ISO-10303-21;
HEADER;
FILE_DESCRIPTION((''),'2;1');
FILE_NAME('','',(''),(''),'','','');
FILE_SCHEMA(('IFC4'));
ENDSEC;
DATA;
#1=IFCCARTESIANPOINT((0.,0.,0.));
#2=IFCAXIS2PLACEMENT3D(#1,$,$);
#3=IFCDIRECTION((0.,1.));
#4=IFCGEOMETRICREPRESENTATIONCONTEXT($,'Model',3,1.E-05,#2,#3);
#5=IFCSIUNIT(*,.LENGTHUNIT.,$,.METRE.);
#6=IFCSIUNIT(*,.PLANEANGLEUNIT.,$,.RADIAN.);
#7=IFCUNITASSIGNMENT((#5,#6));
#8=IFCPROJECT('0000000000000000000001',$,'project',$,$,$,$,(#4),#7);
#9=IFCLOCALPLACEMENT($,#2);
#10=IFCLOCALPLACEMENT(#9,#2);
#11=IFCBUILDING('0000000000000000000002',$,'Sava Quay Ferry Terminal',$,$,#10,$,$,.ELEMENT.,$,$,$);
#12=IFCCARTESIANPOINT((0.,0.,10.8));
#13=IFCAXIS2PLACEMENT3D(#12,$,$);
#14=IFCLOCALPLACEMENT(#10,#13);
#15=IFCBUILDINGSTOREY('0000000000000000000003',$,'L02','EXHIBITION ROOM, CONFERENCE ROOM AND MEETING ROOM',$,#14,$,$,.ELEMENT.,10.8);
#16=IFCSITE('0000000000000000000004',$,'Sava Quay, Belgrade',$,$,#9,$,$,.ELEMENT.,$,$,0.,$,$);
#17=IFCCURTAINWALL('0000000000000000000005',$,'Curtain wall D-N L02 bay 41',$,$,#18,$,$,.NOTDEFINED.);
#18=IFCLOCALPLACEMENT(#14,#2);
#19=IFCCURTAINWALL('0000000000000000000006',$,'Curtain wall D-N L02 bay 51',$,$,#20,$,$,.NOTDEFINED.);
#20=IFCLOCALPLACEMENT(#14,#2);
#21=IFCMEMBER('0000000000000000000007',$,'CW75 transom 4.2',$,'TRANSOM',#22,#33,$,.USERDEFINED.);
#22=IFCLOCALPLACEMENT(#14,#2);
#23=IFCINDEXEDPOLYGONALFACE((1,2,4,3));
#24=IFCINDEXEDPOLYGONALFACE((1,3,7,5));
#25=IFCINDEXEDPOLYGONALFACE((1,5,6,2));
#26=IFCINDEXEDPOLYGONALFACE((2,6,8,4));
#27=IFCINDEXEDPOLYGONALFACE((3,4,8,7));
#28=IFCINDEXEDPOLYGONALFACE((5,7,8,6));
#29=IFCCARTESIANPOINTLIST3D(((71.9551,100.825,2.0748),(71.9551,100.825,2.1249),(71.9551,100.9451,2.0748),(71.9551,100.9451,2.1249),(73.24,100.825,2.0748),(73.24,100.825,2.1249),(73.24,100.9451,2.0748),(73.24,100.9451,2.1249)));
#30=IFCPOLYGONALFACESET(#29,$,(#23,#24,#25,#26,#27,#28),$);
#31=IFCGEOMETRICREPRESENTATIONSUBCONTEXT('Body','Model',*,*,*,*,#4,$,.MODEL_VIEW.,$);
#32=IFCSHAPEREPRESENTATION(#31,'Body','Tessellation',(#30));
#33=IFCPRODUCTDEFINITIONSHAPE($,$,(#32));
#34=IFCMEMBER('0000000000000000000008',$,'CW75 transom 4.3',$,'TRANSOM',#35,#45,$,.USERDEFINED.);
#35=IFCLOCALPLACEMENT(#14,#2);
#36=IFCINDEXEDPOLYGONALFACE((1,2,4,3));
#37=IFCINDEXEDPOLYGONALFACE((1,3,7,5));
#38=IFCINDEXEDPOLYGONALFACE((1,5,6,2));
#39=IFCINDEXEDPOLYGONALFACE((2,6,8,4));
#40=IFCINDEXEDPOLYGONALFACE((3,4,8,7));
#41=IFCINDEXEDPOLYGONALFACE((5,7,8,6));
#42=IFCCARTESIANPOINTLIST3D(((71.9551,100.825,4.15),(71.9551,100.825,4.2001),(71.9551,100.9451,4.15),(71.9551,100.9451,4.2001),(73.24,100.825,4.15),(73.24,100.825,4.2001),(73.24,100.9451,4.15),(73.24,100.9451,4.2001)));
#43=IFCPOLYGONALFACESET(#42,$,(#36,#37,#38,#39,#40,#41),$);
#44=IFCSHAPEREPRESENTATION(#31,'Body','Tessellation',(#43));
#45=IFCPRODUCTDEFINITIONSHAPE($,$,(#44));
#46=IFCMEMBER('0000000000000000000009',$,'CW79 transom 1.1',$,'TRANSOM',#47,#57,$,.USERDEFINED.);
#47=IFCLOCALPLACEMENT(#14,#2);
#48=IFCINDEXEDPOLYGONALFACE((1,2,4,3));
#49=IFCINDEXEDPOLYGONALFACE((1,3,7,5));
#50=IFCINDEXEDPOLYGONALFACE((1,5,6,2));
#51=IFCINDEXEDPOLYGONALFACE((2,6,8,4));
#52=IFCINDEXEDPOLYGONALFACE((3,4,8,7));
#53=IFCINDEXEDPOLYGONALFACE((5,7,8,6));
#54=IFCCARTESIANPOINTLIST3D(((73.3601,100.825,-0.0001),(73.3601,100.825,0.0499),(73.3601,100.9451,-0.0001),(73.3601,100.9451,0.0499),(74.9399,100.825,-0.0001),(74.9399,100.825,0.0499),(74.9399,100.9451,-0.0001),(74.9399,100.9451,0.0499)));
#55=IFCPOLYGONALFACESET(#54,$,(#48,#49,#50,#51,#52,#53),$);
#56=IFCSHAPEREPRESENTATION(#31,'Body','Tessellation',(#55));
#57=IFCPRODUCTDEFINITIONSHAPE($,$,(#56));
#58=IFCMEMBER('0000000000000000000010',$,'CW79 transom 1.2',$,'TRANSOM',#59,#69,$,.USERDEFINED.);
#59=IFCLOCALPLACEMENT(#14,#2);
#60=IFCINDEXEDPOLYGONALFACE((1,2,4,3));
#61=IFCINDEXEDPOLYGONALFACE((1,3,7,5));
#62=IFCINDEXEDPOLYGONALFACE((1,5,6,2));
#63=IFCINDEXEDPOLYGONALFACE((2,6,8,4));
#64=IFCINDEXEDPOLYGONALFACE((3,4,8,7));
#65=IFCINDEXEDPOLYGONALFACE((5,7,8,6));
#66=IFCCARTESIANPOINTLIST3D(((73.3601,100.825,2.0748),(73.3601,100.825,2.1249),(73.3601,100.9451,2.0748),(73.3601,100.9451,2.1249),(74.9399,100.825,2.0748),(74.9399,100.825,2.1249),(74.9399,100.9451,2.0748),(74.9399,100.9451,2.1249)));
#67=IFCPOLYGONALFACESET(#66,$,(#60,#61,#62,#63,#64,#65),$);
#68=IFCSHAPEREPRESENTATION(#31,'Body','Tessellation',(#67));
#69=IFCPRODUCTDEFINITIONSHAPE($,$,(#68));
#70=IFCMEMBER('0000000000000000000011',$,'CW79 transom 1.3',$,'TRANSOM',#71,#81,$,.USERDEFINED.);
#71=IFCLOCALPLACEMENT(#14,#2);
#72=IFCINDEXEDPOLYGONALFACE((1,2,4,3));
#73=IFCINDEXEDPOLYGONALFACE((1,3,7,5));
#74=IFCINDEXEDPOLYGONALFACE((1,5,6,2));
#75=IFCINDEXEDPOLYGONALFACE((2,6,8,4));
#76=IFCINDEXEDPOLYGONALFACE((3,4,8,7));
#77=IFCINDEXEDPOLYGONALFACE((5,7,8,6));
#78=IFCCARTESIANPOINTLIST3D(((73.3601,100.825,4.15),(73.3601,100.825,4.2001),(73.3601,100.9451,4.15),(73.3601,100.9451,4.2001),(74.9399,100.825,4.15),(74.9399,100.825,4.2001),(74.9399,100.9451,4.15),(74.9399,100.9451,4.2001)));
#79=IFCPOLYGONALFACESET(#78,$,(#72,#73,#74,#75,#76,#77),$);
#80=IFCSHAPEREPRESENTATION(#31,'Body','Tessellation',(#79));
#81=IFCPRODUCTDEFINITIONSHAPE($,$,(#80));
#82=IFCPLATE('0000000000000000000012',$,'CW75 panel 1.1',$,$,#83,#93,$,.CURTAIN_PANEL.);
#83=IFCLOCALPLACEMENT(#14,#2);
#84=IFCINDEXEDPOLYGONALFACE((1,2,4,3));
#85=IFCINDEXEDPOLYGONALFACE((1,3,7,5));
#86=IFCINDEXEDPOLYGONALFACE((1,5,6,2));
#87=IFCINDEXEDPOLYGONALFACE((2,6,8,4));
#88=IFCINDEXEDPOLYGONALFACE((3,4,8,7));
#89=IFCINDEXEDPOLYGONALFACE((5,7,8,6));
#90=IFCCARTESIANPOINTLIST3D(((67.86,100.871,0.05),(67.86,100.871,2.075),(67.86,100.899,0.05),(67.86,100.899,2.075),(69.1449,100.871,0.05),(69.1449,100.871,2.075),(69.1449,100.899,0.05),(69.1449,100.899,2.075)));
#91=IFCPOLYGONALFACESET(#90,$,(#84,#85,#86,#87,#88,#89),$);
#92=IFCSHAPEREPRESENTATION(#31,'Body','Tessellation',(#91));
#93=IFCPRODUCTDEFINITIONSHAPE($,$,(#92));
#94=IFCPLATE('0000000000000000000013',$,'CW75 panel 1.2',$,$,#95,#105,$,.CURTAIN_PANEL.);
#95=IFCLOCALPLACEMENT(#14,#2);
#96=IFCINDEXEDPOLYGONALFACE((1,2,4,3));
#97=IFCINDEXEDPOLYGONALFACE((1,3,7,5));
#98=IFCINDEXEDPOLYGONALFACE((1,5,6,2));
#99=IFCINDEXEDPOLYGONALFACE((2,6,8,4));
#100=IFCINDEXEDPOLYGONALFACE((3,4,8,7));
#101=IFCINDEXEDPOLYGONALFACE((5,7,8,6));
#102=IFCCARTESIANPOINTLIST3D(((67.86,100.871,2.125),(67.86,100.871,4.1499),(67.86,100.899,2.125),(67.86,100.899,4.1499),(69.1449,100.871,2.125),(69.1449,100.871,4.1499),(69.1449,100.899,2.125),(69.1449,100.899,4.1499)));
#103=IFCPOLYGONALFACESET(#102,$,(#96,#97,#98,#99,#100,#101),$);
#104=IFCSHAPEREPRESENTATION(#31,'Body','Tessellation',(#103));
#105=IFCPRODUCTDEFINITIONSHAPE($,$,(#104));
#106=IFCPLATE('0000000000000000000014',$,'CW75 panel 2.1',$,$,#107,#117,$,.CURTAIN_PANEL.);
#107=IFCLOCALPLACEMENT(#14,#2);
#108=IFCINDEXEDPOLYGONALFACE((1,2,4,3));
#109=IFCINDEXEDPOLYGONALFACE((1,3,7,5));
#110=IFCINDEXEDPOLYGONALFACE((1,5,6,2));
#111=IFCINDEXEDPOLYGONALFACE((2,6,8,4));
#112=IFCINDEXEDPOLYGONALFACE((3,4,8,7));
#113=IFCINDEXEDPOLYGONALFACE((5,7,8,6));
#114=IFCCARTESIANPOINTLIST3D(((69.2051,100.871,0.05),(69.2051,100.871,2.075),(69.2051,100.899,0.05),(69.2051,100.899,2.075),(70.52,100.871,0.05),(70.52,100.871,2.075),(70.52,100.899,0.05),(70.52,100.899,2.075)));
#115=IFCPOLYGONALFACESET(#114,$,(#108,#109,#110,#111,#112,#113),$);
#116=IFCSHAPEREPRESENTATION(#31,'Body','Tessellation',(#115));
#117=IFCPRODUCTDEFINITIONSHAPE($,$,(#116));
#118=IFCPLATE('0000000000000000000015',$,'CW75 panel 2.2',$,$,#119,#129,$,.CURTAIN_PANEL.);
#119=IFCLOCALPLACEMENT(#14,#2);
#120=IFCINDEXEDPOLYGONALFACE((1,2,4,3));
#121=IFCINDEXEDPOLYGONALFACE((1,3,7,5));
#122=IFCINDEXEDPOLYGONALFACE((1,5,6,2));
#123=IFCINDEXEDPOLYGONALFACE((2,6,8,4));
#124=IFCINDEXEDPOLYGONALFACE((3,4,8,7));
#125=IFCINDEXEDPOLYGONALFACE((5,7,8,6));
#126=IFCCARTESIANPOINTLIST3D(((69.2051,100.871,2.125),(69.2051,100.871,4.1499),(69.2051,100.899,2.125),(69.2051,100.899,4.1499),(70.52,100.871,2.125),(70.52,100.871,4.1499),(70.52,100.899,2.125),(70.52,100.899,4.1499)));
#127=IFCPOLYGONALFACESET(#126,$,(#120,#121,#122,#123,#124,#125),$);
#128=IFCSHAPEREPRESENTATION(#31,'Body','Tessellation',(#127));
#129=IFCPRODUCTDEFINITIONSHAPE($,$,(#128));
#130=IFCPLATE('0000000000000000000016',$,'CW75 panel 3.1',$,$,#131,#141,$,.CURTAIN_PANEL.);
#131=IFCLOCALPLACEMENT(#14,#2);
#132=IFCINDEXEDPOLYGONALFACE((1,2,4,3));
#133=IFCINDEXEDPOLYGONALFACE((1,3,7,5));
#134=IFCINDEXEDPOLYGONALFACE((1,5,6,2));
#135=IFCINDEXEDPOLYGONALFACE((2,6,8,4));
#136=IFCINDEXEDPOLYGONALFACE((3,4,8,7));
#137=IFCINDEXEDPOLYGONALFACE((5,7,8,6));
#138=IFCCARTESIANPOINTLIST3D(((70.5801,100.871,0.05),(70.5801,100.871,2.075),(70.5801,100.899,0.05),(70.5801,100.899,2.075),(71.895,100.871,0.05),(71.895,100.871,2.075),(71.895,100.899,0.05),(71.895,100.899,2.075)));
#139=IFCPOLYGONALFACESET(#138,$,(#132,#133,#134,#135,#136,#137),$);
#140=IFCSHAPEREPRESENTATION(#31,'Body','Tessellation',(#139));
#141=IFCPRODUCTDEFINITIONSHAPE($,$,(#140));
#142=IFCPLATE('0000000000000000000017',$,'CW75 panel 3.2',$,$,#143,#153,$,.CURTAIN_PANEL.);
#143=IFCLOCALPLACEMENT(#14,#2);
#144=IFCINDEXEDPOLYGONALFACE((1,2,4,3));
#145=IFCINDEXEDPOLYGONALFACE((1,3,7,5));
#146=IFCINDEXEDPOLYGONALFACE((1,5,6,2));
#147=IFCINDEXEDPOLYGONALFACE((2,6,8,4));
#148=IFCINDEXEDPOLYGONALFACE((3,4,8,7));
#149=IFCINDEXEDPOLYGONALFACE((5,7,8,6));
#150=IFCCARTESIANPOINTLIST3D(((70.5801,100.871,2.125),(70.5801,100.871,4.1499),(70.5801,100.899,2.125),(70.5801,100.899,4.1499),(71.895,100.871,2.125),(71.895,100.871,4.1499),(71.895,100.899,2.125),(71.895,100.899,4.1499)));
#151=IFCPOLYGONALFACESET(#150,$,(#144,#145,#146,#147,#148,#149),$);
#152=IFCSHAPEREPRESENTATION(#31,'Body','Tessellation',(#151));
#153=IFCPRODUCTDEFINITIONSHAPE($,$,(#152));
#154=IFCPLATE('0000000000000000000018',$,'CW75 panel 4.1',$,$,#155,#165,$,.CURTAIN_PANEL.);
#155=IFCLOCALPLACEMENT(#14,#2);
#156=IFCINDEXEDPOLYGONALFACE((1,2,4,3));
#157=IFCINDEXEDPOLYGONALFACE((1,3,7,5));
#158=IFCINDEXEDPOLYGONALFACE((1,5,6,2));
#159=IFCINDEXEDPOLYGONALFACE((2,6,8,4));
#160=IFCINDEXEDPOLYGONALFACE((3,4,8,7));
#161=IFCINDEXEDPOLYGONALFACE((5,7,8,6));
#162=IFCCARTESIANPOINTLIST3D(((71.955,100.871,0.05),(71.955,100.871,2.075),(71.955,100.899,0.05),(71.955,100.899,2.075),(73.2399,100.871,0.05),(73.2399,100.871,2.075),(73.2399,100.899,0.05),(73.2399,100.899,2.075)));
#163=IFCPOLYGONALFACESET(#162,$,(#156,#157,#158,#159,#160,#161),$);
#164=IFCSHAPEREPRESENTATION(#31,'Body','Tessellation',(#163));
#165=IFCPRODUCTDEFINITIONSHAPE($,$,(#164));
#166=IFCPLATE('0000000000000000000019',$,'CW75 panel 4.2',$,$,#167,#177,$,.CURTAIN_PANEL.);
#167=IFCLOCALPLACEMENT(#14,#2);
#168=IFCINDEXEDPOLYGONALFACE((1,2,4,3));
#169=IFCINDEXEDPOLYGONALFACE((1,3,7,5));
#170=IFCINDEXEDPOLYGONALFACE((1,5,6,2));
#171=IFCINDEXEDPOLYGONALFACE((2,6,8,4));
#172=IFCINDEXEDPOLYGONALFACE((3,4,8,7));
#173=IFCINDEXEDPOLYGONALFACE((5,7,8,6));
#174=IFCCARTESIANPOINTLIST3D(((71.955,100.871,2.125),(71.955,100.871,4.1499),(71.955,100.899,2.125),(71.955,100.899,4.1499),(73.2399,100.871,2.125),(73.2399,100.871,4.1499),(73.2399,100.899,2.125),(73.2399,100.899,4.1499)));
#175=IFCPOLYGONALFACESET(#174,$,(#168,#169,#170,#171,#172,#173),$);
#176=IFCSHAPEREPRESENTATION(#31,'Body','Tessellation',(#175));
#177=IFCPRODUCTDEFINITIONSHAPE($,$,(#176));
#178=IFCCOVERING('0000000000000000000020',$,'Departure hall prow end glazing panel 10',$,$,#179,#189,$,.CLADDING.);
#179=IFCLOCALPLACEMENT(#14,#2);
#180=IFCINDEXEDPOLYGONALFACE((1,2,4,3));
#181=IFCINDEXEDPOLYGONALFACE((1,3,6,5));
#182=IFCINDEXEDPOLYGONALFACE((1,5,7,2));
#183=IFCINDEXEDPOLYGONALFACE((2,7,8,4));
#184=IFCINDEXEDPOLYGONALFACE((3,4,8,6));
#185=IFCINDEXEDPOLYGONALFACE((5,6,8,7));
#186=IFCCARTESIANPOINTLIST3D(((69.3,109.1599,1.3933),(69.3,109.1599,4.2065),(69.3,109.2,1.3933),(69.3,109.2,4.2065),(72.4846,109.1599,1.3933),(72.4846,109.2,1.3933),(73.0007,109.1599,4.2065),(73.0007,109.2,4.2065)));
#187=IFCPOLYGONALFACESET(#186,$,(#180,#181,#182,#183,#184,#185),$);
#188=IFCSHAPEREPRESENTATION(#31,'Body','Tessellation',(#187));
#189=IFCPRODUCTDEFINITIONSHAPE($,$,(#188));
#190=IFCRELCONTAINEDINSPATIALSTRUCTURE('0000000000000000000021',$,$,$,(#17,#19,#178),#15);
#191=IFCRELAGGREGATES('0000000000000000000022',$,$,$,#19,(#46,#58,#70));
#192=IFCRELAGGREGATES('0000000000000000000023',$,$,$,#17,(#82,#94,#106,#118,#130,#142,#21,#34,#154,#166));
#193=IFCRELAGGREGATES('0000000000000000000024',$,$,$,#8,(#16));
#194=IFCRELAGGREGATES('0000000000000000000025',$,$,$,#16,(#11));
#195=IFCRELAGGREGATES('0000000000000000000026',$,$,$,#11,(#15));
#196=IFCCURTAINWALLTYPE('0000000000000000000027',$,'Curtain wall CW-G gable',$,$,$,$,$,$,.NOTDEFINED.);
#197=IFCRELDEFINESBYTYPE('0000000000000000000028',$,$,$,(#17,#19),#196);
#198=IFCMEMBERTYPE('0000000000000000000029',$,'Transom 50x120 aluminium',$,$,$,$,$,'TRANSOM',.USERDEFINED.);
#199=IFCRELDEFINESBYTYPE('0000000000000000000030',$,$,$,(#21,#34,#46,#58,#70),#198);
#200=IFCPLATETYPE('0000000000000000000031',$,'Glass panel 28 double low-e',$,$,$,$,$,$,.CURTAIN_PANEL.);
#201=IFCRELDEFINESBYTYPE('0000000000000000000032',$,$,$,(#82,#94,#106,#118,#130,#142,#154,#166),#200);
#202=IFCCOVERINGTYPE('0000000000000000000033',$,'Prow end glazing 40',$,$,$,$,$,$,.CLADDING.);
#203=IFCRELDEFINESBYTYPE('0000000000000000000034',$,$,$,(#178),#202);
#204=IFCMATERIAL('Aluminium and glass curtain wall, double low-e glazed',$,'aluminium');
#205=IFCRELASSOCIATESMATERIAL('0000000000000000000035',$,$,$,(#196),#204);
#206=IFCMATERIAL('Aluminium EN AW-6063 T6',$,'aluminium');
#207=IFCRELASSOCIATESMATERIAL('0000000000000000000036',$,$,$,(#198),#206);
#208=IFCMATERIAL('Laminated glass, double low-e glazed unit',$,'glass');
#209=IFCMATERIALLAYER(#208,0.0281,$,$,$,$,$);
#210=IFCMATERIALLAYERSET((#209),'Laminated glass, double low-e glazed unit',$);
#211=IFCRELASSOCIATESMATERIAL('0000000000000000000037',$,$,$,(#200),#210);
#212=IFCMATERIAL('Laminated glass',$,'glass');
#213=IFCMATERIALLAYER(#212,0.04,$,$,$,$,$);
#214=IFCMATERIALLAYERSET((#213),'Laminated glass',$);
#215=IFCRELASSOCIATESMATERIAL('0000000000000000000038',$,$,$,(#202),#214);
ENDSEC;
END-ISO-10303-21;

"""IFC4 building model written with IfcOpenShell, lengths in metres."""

from ifc_helpers import new_model, si_unit, direction, frame, origin, origin_2d, place, context, subcontext, project, spatial, polyline, rectangle, outline, extrude, material, layer, layer_set, material_profile, profile_set, type_object, element, aggregate, save


model = new_model("IFC4")

# Units and contexts
model_context = context("Model", 3, precision=1e-05, world=origin(), true_north=direction((0.0, 1.0)))
body_context = subcontext(model_context, "Body", "Model", "MODEL_VIEW")
ifc_project = project(units=[si_unit("LENGTHUNIT", "METRE"), si_unit("PLANEANGLEUNIT", "RADIAN")], contexts=[model_context])

# Site, building, storey
site_placement = place(None, origin())
site = spatial("IfcSite", under=ifc_project, at=site_placement, Name="Sava Quay, Belgrade", CompositionType="ELEMENT", RefElevation=0.0)
building_placement = place(site_placement, origin())
building = spatial("IfcBuilding", under=site, at=building_placement, Name="Sava Quay Ferry Terminal", CompositionType="ELEMENT")
storey_placement = place(building_placement, frame((0.0, 0.0, 10.8)))
storey = spatial("IfcBuildingStorey", under=building, at=storey_placement, Name="L02", Description="EXHIBITION ROOM, CONFERENCE ROOM AND MEETING ROOM", CompositionType="ELEMENT", Elevation=10.8)

# Curtain wall
ifc_material_1 = material(Name="Aluminium and glass curtain wall, double low-e glazed", Category="aluminium")
curtain_wall_type = type_object("IfcCurtainWallType", Name="Curtain wall CW-G gable", PredefinedType="NOTDEFINED", material=ifc_material_1)
curtain_wall_1_placement = place(storey_placement, origin())
curtain_wall_1 = element("IfcCurtainWall", 1, at=curtain_wall_1_placement, inside=storey, type_object=curtain_wall_type, Name="Curtain wall D-N L02 bay 41", PredefinedType="NOTDEFINED")

# Curtain wall
curtain_wall_2_placement = place(storey_placement, origin())
curtain_wall_2 = element("IfcCurtainWall", 2, at=curtain_wall_2_placement, inside=storey, type_object=curtain_wall_type, Name="Curtain wall D-N L02 bay 51", PredefinedType="NOTDEFINED")

# Members
ifc_material_2 = material(Name="Aluminium EN AW-6063 T6", Category="aluminium")
ifc_material_profile_1 = material_profile(ifc_material_2, rectangle(XDim=0.1201, YDim=0.05, at=origin_2d()), Name="Transom 50x120 aluminium")
ifc_profile_set_1 = profile_set([ifc_material_profile_1], Name="Aluminium EN AW-6063 T6")
member_type_1 = type_object("IfcMemberType", Name="Transom 50x120 aluminium", ElementType="TRANSOM", PredefinedType="USERDEFINED", material=ifc_profile_set_1)
member_1_placement = place(storey_placement, frame((71.9551, 100.885, 2.0999), z_axis=(1.0, 0.0, 0.0), x_axis=(0.0, 1.0, 0.0)))
member_1 = element("IfcMember", 3, at=member_1_placement, type_object=member_type_1, Name="CW75 transom 4.2", ObjectType="TRANSOM", PredefinedType="USERDEFINED", context=body_context, shape_type="SweptSolid", body=[
    extrude(rectangle(XDim=0.1201, YDim=0.05, at=origin_2d()), origin(), (0.0, 0.0, 1.0), 1.2849),
])
member_2_placement = place(storey_placement, frame((71.9551, 100.885, 4.175), z_axis=(1.0, 0.0, 0.0), x_axis=(0.0, 1.0, 0.0)))
member_2 = element("IfcMember", 4, at=member_2_placement, type_object=member_type_1, Name="CW75 transom 4.3", ObjectType="TRANSOM", PredefinedType="USERDEFINED", context=body_context, shape_type="SweptSolid", body=[
    extrude(rectangle(XDim=0.1201, YDim=0.05, at=origin_2d()), origin(), (0.0, 0.0, 1.0), 1.2849),
])
member_3_placement = place(storey_placement, frame((73.3601, 100.885, 0.0249), z_axis=(1.0, 0.0, 0.0), x_axis=(0.0, 1.0, 0.0)))
member_3 = element("IfcMember", 5, at=member_3_placement, type_object=member_type_1, Name="CW79 transom 1.1", ObjectType="TRANSOM", PredefinedType="USERDEFINED", context=body_context, shape_type="SweptSolid", body=[
    extrude(rectangle(XDim=0.1201, YDim=0.05, at=origin_2d()), origin(), (0.0, 0.0, 1.0), 1.5798),
])
member_4_placement = place(storey_placement, frame((73.3601, 100.885, 2.0999), z_axis=(1.0, 0.0, 0.0), x_axis=(0.0, 1.0, 0.0)))
member_4 = element("IfcMember", 6, at=member_4_placement, type_object=member_type_1, Name="CW79 transom 1.2", ObjectType="TRANSOM", PredefinedType="USERDEFINED", context=body_context, shape_type="SweptSolid", body=[
    extrude(rectangle(XDim=0.1201, YDim=0.05, at=origin_2d()), origin(), (0.0, 0.0, 1.0), 1.5798),
])
member_5_placement = place(storey_placement, frame((73.3601, 100.885, 4.175), z_axis=(1.0, 0.0, 0.0), x_axis=(0.0, 1.0, 0.0)))
member_5 = element("IfcMember", 7, at=member_5_placement, type_object=member_type_1, Name="CW79 transom 1.3", ObjectType="TRANSOM", PredefinedType="USERDEFINED", context=body_context, shape_type="SweptSolid", body=[
    extrude(rectangle(XDim=0.1201, YDim=0.05, at=origin_2d()), origin(), (0.0, 0.0, 1.0), 1.5798),
])
aggregate(curtain_wall_2, [member_3, member_4, member_5])

# Plates
ifc_material_3 = material(Name="Laminated glass, double low-e glazed unit", Category="glass")
ifc_layer_1 = layer(ifc_material_3, 0.0281)
ifc_layer_set_1 = layer_set([ifc_layer_1], Name="Laminated glass, double low-e glazed unit")
plate_type = type_object("IfcPlateType", Name="Glass panel 28 double low-e", PredefinedType="CURTAIN_PANEL", material=ifc_layer_set_1)
plate_1_placement = place(storey_placement, frame((68.5024, 100.885, 0.05), z_axis=(0.0, 0.0, 1.0), x_axis=(1.0, 0.0, 0.0)))
plate_1 = element("IfcPlate", 8, at=plate_1_placement, type_object=plate_type, Name="CW75 panel 1.1", PredefinedType="CURTAIN_PANEL", context=body_context, shape_type="SweptSolid", body=[
    extrude(rectangle(XDim=1.2849, YDim=0.0281, at=origin_2d()), origin(), (0.0, 0.0, 1.0), 2.0249),
])
plate_2_placement = place(storey_placement, frame((68.5024, 100.885, 2.125), z_axis=(0.0, 0.0, 1.0), x_axis=(1.0, 0.0, 0.0)))
plate_2 = element("IfcPlate", 9, at=plate_2_placement, type_object=plate_type, Name="CW75 panel 1.2", PredefinedType="CURTAIN_PANEL", context=body_context, shape_type="SweptSolid", body=[
    extrude(rectangle(XDim=1.2849, YDim=0.0281, at=origin_2d()), origin(), (0.0, 0.0, 1.0), 2.0249),
])
plate_3_placement = place(storey_placement, frame((69.8625, 100.885, 0.05), z_axis=(0.0, 0.0, 1.0), x_axis=(1.0, 0.0, 0.0)))
plate_3 = element("IfcPlate", 10, at=plate_3_placement, type_object=plate_type, Name="CW75 panel 2.1", PredefinedType="CURTAIN_PANEL", context=body_context, shape_type="SweptSolid", body=[
    extrude(rectangle(XDim=1.3149, YDim=0.0281, at=origin_2d()), origin(), (0.0, 0.0, 1.0), 2.0249),
])
plate_4_placement = place(storey_placement, frame((69.8625, 100.885, 2.125), z_axis=(0.0, 0.0, 1.0), x_axis=(1.0, 0.0, 0.0)))
plate_4 = element("IfcPlate", 11, at=plate_4_placement, type_object=plate_type, Name="CW75 panel 2.2", PredefinedType="CURTAIN_PANEL", context=body_context, shape_type="SweptSolid", body=[
    extrude(rectangle(XDim=1.3149, YDim=0.0281, at=origin_2d()), origin(), (0.0, 0.0, 1.0), 2.0249),
])
plate_5_placement = place(storey_placement, frame((71.2375, 100.885, 0.05), z_axis=(0.0, 0.0, 1.0), x_axis=(1.0, 0.0, 0.0)))
plate_5 = element("IfcPlate", 12, at=plate_5_placement, type_object=plate_type, Name="CW75 panel 3.1", PredefinedType="CURTAIN_PANEL", context=body_context, shape_type="SweptSolid", body=[
    extrude(rectangle(XDim=1.3149, YDim=0.0281, at=origin_2d()), origin(), (0.0, 0.0, 1.0), 2.0249),
])
plate_6_placement = place(storey_placement, frame((71.2375, 100.885, 2.125), z_axis=(0.0, 0.0, 1.0), x_axis=(1.0, 0.0, 0.0)))
plate_6 = element("IfcPlate", 13, at=plate_6_placement, type_object=plate_type, Name="CW75 panel 3.2", PredefinedType="CURTAIN_PANEL", context=body_context, shape_type="SweptSolid", body=[
    extrude(rectangle(XDim=1.3149, YDim=0.0281, at=origin_2d()), origin(), (0.0, 0.0, 1.0), 2.0249),
])
plate_7_placement = place(storey_placement, frame((72.5974, 100.885, 0.05), z_axis=(0.0, 0.0, 1.0), x_axis=(1.0, 0.0, 0.0)))
plate_7 = element("IfcPlate", 14, at=plate_7_placement, type_object=plate_type, Name="CW75 panel 4.1", PredefinedType="CURTAIN_PANEL", context=body_context, shape_type="SweptSolid", body=[
    extrude(rectangle(XDim=1.2849, YDim=0.0281, at=origin_2d()), origin(), (0.0, 0.0, 1.0), 2.0249),
])
plate_8_placement = place(storey_placement, frame((72.5974, 100.885, 2.125), z_axis=(0.0, 0.0, 1.0), x_axis=(1.0, 0.0, 0.0)))
plate_8 = element("IfcPlate", 15, at=plate_8_placement, type_object=plate_type, Name="CW75 panel 4.2", PredefinedType="CURTAIN_PANEL", context=body_context, shape_type="SweptSolid", body=[
    extrude(rectangle(XDim=1.2849, YDim=0.0281, at=origin_2d()), origin(), (0.0, 0.0, 1.0), 2.0249),
])
aggregate(curtain_wall_1, [plate_1, plate_2, plate_3, plate_4, plate_5, plate_6, member_1, member_2, plate_7, plate_8])

# Covering
ifc_material_4 = material(Name="Laminated glass", Category="glass")
ifc_layer_2 = layer(ifc_material_4, 0.04)
ifc_layer_set_2 = layer_set([ifc_layer_2], Name="Laminated glass")
covering_type_1 = type_object("IfcCoveringType", Name="Prow end glazing 40", PredefinedType="CLADDING", material=ifc_layer_set_2)
covering_placement = place(storey_placement, frame((72.4846, 109.2, 1.3933), z_axis=(0.0, 1.0, 0.0), x_axis=(-1.0, 0.0, 0.0)))
element("IfcCovering", 16, at=covering_placement, inside=storey, type_object=covering_type_1, Name="Departure hall prow end glazing panel 10", PredefinedType="CLADDING", context=body_context, shape_type="SweptSolid", body=[
    extrude(outline(polyline([(0.0, 0.0), (3.1846, 0.0), (3.1846, 2.8132), (-0.5161, 2.8132), (0.0, 0.0)])), origin(), (0.0, 0.0, -1.0), 0.04),
])

save(model, "model.ifc")
